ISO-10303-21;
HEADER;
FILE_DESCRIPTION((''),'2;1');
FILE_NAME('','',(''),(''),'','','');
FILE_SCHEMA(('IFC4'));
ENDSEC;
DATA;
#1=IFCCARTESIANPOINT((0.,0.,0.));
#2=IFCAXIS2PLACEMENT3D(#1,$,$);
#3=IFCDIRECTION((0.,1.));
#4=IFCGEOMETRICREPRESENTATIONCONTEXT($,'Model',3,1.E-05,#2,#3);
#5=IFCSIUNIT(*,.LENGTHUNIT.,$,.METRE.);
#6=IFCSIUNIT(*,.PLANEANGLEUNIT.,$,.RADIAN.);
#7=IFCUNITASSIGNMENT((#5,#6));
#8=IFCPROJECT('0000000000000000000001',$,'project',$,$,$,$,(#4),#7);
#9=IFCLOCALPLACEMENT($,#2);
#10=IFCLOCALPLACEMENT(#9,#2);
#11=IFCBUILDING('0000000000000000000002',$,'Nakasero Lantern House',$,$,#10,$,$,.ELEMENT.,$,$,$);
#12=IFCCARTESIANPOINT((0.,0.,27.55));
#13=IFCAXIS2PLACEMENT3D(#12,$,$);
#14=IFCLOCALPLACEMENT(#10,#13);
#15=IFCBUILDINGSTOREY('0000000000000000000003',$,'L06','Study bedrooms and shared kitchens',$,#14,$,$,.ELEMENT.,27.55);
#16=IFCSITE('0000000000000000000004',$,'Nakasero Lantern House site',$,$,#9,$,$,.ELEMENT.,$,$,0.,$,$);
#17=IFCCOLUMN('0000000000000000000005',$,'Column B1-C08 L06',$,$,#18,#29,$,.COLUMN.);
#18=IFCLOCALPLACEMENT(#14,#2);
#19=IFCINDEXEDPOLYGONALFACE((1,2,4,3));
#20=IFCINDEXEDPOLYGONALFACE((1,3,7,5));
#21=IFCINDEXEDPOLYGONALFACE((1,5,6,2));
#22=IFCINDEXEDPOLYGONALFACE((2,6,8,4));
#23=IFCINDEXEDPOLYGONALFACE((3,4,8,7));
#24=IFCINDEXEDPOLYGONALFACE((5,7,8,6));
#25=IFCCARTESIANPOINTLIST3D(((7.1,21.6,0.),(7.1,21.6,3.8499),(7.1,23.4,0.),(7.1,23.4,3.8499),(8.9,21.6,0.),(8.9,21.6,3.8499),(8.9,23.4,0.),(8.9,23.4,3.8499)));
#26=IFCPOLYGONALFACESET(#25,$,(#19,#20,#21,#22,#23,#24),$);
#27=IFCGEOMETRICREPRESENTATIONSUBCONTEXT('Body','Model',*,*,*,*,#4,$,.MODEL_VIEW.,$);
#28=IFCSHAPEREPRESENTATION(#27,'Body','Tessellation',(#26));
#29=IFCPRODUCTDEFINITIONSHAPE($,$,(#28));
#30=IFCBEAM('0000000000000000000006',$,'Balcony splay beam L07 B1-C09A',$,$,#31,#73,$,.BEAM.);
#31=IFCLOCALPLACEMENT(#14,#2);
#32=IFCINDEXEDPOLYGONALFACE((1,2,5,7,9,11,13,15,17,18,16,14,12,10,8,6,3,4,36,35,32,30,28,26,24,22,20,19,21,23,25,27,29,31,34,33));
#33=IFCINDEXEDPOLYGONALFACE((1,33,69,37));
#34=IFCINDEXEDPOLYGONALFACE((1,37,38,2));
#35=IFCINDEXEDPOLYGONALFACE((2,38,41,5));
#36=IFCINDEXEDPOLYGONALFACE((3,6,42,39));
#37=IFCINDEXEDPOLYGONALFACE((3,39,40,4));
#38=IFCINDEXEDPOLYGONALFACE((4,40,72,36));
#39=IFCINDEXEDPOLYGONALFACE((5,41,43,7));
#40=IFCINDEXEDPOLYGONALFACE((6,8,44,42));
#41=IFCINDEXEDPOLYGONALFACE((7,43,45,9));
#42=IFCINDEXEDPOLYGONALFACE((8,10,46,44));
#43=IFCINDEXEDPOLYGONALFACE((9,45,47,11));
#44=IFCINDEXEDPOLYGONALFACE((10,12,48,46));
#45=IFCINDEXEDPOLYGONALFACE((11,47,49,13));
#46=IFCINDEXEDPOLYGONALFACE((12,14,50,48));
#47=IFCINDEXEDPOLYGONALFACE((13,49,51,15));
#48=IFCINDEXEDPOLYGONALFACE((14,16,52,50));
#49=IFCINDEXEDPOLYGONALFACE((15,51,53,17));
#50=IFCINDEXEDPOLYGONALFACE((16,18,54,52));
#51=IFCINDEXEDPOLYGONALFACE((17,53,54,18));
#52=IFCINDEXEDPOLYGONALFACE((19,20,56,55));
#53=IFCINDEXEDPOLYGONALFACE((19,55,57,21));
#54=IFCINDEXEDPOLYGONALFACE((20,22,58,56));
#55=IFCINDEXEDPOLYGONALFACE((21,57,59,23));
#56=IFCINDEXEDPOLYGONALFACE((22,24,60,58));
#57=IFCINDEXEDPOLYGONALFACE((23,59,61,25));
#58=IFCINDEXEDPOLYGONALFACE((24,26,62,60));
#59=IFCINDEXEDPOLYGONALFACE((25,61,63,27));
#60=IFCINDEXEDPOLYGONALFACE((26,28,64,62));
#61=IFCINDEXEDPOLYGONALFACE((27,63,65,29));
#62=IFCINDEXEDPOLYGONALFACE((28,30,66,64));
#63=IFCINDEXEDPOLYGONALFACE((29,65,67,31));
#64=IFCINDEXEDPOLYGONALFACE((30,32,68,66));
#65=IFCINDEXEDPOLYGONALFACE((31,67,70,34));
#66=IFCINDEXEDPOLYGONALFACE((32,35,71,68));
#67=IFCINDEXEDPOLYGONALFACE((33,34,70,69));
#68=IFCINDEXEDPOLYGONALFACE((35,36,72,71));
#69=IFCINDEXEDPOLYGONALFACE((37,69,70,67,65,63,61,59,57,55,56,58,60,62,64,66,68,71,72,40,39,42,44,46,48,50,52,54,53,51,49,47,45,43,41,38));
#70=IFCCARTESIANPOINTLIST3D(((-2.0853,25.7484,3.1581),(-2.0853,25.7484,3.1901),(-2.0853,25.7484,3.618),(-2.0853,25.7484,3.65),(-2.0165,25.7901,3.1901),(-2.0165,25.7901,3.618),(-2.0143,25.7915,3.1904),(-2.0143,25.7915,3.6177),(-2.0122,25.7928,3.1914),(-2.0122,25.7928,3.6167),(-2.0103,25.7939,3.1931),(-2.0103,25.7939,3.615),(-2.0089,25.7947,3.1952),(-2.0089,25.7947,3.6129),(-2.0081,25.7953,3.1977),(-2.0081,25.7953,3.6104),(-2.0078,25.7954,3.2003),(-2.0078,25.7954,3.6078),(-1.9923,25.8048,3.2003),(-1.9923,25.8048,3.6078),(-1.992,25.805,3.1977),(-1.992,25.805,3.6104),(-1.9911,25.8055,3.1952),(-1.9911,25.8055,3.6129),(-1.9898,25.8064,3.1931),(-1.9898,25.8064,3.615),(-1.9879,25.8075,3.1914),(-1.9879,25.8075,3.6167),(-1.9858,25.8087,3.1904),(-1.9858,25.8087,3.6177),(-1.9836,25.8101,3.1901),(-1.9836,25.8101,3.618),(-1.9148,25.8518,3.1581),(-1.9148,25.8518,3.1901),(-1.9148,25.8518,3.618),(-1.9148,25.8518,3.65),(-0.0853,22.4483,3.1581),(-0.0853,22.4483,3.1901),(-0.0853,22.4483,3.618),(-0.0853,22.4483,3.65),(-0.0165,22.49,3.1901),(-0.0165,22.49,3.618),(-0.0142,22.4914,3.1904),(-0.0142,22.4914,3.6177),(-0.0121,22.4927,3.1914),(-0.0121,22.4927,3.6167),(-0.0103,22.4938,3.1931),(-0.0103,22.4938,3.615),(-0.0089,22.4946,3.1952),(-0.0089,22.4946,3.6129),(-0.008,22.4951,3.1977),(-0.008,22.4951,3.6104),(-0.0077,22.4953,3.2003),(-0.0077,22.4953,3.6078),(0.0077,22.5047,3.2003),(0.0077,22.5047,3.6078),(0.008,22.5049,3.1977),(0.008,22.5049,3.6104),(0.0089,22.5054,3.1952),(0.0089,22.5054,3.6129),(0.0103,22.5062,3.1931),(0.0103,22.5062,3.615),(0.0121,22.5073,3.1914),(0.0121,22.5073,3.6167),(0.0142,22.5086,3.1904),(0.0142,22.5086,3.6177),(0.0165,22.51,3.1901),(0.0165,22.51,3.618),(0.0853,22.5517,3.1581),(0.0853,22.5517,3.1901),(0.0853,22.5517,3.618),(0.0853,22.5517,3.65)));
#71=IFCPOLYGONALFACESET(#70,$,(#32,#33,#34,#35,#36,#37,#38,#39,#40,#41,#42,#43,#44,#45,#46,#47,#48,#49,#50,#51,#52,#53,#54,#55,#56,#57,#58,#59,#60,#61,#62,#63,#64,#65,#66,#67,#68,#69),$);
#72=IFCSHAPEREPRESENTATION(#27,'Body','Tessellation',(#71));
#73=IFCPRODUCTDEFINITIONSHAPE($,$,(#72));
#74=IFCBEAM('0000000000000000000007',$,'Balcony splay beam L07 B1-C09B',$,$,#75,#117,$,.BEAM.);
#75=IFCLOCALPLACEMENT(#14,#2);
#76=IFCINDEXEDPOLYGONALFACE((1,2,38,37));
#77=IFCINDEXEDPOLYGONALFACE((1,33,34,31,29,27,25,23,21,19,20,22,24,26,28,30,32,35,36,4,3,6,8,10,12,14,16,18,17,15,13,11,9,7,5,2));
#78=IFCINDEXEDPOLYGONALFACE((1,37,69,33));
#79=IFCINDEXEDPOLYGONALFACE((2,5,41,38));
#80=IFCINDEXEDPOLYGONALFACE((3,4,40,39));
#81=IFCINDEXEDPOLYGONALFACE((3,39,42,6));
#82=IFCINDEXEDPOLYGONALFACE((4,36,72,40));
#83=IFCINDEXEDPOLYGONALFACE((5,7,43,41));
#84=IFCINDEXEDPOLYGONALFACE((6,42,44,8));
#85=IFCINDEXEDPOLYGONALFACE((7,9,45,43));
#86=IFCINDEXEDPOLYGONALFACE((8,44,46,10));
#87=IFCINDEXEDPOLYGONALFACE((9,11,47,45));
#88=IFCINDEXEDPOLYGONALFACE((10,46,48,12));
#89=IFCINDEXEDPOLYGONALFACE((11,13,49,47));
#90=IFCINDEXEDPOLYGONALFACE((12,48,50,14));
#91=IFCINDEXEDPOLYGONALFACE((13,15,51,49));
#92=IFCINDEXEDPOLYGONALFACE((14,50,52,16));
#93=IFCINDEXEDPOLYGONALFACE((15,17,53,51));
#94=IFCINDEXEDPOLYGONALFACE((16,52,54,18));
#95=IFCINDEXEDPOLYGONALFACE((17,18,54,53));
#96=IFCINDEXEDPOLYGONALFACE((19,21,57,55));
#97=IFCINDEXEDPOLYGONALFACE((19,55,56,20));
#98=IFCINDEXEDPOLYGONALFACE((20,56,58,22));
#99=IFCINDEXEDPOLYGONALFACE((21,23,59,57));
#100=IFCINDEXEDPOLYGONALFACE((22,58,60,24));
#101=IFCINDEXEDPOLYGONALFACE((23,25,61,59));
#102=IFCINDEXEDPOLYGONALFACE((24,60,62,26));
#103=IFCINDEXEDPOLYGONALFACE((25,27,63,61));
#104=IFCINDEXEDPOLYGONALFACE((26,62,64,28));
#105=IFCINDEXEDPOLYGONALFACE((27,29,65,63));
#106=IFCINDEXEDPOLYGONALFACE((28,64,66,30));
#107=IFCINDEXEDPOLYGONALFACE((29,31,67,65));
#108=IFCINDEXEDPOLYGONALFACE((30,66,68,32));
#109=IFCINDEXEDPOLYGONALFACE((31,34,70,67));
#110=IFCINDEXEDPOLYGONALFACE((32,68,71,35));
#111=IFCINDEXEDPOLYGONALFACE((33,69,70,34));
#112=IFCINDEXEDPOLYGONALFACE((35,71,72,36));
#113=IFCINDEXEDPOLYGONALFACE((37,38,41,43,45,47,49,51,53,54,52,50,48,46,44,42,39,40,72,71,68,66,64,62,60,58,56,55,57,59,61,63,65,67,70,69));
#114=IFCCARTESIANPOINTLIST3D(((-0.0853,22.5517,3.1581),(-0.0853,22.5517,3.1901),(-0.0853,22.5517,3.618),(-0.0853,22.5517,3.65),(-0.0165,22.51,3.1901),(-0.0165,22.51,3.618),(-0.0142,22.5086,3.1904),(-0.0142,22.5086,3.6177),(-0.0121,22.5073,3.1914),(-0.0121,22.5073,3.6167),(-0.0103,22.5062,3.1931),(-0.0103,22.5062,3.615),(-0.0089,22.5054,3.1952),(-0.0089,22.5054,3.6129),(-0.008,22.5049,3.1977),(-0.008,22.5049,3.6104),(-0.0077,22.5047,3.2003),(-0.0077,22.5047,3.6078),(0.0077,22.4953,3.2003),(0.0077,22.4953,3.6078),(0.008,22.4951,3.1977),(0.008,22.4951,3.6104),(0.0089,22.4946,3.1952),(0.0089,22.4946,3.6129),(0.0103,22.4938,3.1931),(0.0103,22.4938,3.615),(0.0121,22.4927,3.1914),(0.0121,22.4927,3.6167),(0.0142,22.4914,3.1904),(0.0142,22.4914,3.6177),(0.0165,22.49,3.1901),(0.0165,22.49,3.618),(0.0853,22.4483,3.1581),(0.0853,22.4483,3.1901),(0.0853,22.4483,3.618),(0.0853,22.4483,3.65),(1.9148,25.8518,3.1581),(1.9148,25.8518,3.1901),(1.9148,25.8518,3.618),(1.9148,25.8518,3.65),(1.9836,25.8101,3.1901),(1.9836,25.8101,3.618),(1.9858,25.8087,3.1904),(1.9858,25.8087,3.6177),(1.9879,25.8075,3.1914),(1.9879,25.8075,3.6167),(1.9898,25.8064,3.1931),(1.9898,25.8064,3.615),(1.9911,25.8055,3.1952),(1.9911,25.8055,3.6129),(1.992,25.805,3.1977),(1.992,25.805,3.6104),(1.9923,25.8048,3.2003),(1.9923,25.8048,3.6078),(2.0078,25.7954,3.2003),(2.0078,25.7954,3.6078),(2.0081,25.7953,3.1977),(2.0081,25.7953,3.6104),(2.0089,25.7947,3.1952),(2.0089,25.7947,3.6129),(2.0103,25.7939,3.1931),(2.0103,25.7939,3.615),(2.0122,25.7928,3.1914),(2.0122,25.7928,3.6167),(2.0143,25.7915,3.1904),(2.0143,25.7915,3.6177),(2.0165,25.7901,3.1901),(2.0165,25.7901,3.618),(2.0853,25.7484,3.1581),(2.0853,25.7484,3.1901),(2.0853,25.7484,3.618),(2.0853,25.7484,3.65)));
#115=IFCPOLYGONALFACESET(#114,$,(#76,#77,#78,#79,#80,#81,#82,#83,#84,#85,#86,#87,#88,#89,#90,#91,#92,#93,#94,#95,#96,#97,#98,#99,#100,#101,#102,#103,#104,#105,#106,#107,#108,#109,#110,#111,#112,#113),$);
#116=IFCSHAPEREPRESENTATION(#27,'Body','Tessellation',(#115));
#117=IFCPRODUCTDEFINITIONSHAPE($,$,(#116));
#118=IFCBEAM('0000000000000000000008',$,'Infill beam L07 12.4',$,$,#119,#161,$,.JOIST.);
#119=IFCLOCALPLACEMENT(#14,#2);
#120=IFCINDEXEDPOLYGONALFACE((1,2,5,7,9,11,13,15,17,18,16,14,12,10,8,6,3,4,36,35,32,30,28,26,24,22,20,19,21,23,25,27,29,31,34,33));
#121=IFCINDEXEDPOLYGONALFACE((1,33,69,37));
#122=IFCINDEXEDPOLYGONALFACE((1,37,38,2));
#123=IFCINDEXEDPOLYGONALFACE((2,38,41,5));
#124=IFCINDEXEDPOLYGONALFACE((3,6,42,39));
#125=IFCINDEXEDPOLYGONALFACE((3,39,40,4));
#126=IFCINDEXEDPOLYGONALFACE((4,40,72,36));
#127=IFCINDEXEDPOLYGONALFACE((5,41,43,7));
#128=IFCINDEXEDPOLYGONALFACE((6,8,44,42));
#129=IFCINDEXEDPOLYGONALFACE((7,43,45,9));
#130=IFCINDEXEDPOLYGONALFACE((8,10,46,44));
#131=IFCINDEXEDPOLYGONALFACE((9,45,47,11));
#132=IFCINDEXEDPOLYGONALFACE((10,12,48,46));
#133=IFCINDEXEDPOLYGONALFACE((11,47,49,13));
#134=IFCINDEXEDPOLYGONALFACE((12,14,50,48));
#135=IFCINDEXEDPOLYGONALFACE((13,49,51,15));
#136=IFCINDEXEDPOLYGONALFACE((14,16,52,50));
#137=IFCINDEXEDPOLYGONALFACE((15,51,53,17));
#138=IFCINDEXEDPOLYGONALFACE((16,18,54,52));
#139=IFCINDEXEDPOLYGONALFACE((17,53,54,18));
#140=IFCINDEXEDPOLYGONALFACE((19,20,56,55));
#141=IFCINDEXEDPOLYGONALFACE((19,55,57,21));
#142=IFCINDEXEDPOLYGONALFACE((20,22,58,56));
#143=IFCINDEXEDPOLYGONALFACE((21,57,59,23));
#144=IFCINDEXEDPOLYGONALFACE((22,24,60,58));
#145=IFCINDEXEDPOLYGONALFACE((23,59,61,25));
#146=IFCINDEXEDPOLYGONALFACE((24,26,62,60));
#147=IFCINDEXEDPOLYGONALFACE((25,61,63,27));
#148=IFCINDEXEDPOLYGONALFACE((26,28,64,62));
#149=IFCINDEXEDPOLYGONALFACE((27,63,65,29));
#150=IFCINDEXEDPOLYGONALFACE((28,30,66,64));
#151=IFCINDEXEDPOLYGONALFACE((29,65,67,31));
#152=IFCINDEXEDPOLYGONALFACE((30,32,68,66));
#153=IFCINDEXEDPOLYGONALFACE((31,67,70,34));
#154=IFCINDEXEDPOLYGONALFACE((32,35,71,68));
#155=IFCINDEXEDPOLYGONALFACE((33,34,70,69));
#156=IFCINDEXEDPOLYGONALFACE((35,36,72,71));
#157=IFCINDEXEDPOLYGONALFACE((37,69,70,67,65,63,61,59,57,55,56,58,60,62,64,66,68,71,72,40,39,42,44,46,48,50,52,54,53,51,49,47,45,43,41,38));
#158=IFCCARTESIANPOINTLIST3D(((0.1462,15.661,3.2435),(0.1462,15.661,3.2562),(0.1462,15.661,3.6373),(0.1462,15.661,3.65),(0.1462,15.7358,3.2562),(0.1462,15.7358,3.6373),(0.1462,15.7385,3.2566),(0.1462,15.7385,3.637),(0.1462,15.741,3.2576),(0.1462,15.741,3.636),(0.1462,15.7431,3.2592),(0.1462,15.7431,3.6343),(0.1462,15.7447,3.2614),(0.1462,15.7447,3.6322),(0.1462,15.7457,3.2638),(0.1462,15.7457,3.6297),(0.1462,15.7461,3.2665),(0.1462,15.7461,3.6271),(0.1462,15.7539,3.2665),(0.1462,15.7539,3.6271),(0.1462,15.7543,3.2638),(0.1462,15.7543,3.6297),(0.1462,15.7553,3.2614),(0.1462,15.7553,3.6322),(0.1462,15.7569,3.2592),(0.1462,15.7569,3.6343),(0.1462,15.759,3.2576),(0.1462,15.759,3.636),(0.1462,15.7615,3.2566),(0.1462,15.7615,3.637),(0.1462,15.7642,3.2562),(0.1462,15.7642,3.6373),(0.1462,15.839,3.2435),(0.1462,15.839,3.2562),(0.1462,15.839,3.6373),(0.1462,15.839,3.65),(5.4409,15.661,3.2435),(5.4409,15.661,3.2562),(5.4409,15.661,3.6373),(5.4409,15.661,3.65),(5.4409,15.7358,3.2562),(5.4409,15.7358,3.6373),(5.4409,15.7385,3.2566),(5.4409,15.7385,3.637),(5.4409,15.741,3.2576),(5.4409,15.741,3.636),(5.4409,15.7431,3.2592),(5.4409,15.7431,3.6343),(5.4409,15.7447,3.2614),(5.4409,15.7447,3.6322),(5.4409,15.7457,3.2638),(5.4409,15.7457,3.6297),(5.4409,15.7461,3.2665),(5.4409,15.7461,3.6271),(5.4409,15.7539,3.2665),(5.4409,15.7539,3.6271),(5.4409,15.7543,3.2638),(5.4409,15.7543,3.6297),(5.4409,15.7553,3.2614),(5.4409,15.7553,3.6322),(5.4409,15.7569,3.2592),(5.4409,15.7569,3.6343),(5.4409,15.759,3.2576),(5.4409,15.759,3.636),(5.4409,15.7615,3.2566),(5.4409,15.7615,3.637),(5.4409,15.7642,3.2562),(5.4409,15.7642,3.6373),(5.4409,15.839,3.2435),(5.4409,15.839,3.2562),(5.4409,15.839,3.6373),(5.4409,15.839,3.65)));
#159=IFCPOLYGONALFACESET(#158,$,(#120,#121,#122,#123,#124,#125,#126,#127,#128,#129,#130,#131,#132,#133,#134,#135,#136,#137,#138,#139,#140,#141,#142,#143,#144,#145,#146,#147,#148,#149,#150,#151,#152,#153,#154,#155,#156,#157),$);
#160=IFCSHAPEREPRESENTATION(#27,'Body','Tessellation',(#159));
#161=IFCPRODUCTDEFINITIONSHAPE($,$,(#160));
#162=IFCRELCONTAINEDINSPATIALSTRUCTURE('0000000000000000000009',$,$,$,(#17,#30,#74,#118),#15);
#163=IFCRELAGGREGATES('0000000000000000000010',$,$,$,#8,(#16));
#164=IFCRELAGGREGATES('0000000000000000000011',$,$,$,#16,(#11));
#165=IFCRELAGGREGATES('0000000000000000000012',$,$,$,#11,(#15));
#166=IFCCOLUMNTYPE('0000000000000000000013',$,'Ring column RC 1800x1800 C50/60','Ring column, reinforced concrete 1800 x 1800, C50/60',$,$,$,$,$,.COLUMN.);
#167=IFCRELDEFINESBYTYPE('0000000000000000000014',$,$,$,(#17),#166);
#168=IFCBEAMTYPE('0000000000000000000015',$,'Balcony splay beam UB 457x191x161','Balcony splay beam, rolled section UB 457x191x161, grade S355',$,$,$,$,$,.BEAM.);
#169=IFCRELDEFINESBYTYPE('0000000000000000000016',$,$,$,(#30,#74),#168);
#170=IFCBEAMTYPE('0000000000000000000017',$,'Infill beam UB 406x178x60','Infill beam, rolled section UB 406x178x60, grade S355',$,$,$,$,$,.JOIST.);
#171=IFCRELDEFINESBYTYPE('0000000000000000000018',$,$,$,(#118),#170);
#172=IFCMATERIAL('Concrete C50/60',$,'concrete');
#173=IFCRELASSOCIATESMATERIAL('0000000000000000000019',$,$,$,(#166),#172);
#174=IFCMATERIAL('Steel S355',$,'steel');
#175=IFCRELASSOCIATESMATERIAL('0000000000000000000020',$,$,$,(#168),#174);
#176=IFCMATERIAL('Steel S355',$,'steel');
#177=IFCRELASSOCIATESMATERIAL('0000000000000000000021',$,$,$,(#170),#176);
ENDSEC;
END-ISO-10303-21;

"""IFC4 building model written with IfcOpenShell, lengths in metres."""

from ifc_helpers import new_model, si_unit, direction, frame, origin, origin_2d, place, context, subcontext, project, spatial, rectangle, i_section, extrude, material, material_profile, profile_set, type_object, element, save


model = new_model("IFC4")

# Units and contexts
model_context = context("Model", 3, precision=1e-05, world=origin(), true_north=direction((0.0, 1.0)))
body_context = subcontext(model_context, "Body", "Model", "MODEL_VIEW")
ifc_project = project(units=[si_unit("LENGTHUNIT", "METRE"), si_unit("PLANEANGLEUNIT", "RADIAN")], contexts=[model_context])

# Site, building, storey
site_placement = place(None, origin())
site = spatial("IfcSite", under=ifc_project, at=site_placement, Name="Nakasero Lantern House site", CompositionType="ELEMENT", RefElevation=0.0)
building_placement = place(site_placement, origin())
building = spatial("IfcBuilding", under=site, at=building_placement, Name="Nakasero Lantern House", CompositionType="ELEMENT")
storey_placement = place(building_placement, frame((0.0, 0.0, 27.55)))
storey = spatial("IfcBuildingStorey", under=building, at=storey_placement, Name="L06", Description="Study bedrooms and shared kitchens", CompositionType="ELEMENT", Elevation=27.55)

# Column
ifc_material_1 = material(Name="Concrete C50/60", Category="concrete")
ifc_material_profile_1 = material_profile(ifc_material_1, rectangle(XDim=1.8, YDim=1.8, at=origin_2d()), Name="RC 1800x1800")
ifc_profile_set_1 = profile_set([ifc_material_profile_1], Name="Concrete C50/60")
column_type = type_object("IfcColumnType", Name="Ring column RC 1800x1800 C50/60", Description="Ring column, reinforced concrete 1800 x 1800, C50/60", PredefinedType="COLUMN", material=ifc_profile_set_1)
column_placement = place(storey_placement, frame((8.0, 22.5, 0.0), z_axis=(0.0, 0.0, 1.0), x_axis=(1.0, 0.0, 0.0)))
element("IfcColumn", 1, at=column_placement, inside=storey, type_object=column_type, Name="Column B1-C08 L06", PredefinedType="COLUMN", context=body_context, shape_type="SweptSolid", body=[
    extrude(rectangle(XDim=1.8, YDim=1.8, at=origin_2d()), origin(), (0.0, 0.0, 1.0), 3.8499),
])

# Beams
ifc_material_2 = material(Name="Steel S355", Category="steel")
ifc_material_profile_2 = material_profile(ifc_material_2, i_section(OverallWidth=0.1995, OverallDepth=0.4919, WebThickness=0.0181, FlangeThickness=0.032, FilletRadius=0.0103, at=origin_2d()), Name="UB 457x191x161")
ifc_profile_set_2 = profile_set([ifc_material_profile_2], Name="Steel S355")
beam_type_1 = type_object("IfcBeamType", Name="Balcony splay beam UB 457x191x161", Description="Balcony splay beam, rolled section UB 457x191x161, grade S355", PredefinedType="BEAM", material=ifc_profile_set_2)
for number, where, z_axis, x_axis, name in (
    (2, (0.0, 22.5, 3.4041), (-0.518296, 0.855201, 0.0), (-0.855201, -0.518296, 0.0), "Balcony splay beam L07 B1-C09A"),
    (3, (0.0, 22.5, 3.4041), (0.518296, 0.855201, 0.0), (-0.855201, 0.518296, 0.0), "Balcony splay beam L07 B1-C09B"),
):
    element("IfcBeam", number, at=place(storey_placement, frame(where, z_axis=z_axis, x_axis=x_axis)), inside=storey, type_object=beam_type_1, Name=name, PredefinedType="BEAM", context=body_context, shape_type="SweptSolid", body=[
        extrude(i_section(OverallWidth=0.1995, OverallDepth=0.4919, WebThickness=0.0181, FlangeThickness=0.032, FilletRadius=0.0103, at=origin_2d()), origin(), (0.0, 0.0, 1.0), 3.8589),
    ])
ifc_material_3 = material(Name="Steel S355", Category="steel")
ifc_material_profile_3 = material_profile(ifc_material_3, i_section(OverallWidth=0.178, OverallDepth=0.4065, WebThickness=0.0078, FlangeThickness=0.0127, FilletRadius=0.0103, at=origin_2d()), Name="UB 406x178x60")
ifc_profile_set_3 = profile_set([ifc_material_profile_3], Name="Steel S355")
beam_type_2 = type_object("IfcBeamType", Name="Infill beam UB 406x178x60", Description="Infill beam, rolled section UB 406x178x60, grade S355", PredefinedType="JOIST", material=ifc_profile_set_3)
beam_1_placement = place(storey_placement, frame((0.1462, 15.75, 3.4468), z_axis=(1.0, 0.0, 0.0), x_axis=(0.0, 1.0, 0.0)))
element("IfcBeam", 4, at=beam_1_placement, inside=storey, type_object=beam_type_2, Name="Infill beam L07 12.4", PredefinedType="JOIST", context=body_context, shape_type="SweptSolid", body=[
    extrude(i_section(OverallWidth=0.178, OverallDepth=0.4065, WebThickness=0.0078, FlangeThickness=0.0127, FilletRadius=0.0103, at=origin_2d()), origin(), (0.0, 0.0, 1.0), 5.2947),
])

save(model, "model.ifc")
